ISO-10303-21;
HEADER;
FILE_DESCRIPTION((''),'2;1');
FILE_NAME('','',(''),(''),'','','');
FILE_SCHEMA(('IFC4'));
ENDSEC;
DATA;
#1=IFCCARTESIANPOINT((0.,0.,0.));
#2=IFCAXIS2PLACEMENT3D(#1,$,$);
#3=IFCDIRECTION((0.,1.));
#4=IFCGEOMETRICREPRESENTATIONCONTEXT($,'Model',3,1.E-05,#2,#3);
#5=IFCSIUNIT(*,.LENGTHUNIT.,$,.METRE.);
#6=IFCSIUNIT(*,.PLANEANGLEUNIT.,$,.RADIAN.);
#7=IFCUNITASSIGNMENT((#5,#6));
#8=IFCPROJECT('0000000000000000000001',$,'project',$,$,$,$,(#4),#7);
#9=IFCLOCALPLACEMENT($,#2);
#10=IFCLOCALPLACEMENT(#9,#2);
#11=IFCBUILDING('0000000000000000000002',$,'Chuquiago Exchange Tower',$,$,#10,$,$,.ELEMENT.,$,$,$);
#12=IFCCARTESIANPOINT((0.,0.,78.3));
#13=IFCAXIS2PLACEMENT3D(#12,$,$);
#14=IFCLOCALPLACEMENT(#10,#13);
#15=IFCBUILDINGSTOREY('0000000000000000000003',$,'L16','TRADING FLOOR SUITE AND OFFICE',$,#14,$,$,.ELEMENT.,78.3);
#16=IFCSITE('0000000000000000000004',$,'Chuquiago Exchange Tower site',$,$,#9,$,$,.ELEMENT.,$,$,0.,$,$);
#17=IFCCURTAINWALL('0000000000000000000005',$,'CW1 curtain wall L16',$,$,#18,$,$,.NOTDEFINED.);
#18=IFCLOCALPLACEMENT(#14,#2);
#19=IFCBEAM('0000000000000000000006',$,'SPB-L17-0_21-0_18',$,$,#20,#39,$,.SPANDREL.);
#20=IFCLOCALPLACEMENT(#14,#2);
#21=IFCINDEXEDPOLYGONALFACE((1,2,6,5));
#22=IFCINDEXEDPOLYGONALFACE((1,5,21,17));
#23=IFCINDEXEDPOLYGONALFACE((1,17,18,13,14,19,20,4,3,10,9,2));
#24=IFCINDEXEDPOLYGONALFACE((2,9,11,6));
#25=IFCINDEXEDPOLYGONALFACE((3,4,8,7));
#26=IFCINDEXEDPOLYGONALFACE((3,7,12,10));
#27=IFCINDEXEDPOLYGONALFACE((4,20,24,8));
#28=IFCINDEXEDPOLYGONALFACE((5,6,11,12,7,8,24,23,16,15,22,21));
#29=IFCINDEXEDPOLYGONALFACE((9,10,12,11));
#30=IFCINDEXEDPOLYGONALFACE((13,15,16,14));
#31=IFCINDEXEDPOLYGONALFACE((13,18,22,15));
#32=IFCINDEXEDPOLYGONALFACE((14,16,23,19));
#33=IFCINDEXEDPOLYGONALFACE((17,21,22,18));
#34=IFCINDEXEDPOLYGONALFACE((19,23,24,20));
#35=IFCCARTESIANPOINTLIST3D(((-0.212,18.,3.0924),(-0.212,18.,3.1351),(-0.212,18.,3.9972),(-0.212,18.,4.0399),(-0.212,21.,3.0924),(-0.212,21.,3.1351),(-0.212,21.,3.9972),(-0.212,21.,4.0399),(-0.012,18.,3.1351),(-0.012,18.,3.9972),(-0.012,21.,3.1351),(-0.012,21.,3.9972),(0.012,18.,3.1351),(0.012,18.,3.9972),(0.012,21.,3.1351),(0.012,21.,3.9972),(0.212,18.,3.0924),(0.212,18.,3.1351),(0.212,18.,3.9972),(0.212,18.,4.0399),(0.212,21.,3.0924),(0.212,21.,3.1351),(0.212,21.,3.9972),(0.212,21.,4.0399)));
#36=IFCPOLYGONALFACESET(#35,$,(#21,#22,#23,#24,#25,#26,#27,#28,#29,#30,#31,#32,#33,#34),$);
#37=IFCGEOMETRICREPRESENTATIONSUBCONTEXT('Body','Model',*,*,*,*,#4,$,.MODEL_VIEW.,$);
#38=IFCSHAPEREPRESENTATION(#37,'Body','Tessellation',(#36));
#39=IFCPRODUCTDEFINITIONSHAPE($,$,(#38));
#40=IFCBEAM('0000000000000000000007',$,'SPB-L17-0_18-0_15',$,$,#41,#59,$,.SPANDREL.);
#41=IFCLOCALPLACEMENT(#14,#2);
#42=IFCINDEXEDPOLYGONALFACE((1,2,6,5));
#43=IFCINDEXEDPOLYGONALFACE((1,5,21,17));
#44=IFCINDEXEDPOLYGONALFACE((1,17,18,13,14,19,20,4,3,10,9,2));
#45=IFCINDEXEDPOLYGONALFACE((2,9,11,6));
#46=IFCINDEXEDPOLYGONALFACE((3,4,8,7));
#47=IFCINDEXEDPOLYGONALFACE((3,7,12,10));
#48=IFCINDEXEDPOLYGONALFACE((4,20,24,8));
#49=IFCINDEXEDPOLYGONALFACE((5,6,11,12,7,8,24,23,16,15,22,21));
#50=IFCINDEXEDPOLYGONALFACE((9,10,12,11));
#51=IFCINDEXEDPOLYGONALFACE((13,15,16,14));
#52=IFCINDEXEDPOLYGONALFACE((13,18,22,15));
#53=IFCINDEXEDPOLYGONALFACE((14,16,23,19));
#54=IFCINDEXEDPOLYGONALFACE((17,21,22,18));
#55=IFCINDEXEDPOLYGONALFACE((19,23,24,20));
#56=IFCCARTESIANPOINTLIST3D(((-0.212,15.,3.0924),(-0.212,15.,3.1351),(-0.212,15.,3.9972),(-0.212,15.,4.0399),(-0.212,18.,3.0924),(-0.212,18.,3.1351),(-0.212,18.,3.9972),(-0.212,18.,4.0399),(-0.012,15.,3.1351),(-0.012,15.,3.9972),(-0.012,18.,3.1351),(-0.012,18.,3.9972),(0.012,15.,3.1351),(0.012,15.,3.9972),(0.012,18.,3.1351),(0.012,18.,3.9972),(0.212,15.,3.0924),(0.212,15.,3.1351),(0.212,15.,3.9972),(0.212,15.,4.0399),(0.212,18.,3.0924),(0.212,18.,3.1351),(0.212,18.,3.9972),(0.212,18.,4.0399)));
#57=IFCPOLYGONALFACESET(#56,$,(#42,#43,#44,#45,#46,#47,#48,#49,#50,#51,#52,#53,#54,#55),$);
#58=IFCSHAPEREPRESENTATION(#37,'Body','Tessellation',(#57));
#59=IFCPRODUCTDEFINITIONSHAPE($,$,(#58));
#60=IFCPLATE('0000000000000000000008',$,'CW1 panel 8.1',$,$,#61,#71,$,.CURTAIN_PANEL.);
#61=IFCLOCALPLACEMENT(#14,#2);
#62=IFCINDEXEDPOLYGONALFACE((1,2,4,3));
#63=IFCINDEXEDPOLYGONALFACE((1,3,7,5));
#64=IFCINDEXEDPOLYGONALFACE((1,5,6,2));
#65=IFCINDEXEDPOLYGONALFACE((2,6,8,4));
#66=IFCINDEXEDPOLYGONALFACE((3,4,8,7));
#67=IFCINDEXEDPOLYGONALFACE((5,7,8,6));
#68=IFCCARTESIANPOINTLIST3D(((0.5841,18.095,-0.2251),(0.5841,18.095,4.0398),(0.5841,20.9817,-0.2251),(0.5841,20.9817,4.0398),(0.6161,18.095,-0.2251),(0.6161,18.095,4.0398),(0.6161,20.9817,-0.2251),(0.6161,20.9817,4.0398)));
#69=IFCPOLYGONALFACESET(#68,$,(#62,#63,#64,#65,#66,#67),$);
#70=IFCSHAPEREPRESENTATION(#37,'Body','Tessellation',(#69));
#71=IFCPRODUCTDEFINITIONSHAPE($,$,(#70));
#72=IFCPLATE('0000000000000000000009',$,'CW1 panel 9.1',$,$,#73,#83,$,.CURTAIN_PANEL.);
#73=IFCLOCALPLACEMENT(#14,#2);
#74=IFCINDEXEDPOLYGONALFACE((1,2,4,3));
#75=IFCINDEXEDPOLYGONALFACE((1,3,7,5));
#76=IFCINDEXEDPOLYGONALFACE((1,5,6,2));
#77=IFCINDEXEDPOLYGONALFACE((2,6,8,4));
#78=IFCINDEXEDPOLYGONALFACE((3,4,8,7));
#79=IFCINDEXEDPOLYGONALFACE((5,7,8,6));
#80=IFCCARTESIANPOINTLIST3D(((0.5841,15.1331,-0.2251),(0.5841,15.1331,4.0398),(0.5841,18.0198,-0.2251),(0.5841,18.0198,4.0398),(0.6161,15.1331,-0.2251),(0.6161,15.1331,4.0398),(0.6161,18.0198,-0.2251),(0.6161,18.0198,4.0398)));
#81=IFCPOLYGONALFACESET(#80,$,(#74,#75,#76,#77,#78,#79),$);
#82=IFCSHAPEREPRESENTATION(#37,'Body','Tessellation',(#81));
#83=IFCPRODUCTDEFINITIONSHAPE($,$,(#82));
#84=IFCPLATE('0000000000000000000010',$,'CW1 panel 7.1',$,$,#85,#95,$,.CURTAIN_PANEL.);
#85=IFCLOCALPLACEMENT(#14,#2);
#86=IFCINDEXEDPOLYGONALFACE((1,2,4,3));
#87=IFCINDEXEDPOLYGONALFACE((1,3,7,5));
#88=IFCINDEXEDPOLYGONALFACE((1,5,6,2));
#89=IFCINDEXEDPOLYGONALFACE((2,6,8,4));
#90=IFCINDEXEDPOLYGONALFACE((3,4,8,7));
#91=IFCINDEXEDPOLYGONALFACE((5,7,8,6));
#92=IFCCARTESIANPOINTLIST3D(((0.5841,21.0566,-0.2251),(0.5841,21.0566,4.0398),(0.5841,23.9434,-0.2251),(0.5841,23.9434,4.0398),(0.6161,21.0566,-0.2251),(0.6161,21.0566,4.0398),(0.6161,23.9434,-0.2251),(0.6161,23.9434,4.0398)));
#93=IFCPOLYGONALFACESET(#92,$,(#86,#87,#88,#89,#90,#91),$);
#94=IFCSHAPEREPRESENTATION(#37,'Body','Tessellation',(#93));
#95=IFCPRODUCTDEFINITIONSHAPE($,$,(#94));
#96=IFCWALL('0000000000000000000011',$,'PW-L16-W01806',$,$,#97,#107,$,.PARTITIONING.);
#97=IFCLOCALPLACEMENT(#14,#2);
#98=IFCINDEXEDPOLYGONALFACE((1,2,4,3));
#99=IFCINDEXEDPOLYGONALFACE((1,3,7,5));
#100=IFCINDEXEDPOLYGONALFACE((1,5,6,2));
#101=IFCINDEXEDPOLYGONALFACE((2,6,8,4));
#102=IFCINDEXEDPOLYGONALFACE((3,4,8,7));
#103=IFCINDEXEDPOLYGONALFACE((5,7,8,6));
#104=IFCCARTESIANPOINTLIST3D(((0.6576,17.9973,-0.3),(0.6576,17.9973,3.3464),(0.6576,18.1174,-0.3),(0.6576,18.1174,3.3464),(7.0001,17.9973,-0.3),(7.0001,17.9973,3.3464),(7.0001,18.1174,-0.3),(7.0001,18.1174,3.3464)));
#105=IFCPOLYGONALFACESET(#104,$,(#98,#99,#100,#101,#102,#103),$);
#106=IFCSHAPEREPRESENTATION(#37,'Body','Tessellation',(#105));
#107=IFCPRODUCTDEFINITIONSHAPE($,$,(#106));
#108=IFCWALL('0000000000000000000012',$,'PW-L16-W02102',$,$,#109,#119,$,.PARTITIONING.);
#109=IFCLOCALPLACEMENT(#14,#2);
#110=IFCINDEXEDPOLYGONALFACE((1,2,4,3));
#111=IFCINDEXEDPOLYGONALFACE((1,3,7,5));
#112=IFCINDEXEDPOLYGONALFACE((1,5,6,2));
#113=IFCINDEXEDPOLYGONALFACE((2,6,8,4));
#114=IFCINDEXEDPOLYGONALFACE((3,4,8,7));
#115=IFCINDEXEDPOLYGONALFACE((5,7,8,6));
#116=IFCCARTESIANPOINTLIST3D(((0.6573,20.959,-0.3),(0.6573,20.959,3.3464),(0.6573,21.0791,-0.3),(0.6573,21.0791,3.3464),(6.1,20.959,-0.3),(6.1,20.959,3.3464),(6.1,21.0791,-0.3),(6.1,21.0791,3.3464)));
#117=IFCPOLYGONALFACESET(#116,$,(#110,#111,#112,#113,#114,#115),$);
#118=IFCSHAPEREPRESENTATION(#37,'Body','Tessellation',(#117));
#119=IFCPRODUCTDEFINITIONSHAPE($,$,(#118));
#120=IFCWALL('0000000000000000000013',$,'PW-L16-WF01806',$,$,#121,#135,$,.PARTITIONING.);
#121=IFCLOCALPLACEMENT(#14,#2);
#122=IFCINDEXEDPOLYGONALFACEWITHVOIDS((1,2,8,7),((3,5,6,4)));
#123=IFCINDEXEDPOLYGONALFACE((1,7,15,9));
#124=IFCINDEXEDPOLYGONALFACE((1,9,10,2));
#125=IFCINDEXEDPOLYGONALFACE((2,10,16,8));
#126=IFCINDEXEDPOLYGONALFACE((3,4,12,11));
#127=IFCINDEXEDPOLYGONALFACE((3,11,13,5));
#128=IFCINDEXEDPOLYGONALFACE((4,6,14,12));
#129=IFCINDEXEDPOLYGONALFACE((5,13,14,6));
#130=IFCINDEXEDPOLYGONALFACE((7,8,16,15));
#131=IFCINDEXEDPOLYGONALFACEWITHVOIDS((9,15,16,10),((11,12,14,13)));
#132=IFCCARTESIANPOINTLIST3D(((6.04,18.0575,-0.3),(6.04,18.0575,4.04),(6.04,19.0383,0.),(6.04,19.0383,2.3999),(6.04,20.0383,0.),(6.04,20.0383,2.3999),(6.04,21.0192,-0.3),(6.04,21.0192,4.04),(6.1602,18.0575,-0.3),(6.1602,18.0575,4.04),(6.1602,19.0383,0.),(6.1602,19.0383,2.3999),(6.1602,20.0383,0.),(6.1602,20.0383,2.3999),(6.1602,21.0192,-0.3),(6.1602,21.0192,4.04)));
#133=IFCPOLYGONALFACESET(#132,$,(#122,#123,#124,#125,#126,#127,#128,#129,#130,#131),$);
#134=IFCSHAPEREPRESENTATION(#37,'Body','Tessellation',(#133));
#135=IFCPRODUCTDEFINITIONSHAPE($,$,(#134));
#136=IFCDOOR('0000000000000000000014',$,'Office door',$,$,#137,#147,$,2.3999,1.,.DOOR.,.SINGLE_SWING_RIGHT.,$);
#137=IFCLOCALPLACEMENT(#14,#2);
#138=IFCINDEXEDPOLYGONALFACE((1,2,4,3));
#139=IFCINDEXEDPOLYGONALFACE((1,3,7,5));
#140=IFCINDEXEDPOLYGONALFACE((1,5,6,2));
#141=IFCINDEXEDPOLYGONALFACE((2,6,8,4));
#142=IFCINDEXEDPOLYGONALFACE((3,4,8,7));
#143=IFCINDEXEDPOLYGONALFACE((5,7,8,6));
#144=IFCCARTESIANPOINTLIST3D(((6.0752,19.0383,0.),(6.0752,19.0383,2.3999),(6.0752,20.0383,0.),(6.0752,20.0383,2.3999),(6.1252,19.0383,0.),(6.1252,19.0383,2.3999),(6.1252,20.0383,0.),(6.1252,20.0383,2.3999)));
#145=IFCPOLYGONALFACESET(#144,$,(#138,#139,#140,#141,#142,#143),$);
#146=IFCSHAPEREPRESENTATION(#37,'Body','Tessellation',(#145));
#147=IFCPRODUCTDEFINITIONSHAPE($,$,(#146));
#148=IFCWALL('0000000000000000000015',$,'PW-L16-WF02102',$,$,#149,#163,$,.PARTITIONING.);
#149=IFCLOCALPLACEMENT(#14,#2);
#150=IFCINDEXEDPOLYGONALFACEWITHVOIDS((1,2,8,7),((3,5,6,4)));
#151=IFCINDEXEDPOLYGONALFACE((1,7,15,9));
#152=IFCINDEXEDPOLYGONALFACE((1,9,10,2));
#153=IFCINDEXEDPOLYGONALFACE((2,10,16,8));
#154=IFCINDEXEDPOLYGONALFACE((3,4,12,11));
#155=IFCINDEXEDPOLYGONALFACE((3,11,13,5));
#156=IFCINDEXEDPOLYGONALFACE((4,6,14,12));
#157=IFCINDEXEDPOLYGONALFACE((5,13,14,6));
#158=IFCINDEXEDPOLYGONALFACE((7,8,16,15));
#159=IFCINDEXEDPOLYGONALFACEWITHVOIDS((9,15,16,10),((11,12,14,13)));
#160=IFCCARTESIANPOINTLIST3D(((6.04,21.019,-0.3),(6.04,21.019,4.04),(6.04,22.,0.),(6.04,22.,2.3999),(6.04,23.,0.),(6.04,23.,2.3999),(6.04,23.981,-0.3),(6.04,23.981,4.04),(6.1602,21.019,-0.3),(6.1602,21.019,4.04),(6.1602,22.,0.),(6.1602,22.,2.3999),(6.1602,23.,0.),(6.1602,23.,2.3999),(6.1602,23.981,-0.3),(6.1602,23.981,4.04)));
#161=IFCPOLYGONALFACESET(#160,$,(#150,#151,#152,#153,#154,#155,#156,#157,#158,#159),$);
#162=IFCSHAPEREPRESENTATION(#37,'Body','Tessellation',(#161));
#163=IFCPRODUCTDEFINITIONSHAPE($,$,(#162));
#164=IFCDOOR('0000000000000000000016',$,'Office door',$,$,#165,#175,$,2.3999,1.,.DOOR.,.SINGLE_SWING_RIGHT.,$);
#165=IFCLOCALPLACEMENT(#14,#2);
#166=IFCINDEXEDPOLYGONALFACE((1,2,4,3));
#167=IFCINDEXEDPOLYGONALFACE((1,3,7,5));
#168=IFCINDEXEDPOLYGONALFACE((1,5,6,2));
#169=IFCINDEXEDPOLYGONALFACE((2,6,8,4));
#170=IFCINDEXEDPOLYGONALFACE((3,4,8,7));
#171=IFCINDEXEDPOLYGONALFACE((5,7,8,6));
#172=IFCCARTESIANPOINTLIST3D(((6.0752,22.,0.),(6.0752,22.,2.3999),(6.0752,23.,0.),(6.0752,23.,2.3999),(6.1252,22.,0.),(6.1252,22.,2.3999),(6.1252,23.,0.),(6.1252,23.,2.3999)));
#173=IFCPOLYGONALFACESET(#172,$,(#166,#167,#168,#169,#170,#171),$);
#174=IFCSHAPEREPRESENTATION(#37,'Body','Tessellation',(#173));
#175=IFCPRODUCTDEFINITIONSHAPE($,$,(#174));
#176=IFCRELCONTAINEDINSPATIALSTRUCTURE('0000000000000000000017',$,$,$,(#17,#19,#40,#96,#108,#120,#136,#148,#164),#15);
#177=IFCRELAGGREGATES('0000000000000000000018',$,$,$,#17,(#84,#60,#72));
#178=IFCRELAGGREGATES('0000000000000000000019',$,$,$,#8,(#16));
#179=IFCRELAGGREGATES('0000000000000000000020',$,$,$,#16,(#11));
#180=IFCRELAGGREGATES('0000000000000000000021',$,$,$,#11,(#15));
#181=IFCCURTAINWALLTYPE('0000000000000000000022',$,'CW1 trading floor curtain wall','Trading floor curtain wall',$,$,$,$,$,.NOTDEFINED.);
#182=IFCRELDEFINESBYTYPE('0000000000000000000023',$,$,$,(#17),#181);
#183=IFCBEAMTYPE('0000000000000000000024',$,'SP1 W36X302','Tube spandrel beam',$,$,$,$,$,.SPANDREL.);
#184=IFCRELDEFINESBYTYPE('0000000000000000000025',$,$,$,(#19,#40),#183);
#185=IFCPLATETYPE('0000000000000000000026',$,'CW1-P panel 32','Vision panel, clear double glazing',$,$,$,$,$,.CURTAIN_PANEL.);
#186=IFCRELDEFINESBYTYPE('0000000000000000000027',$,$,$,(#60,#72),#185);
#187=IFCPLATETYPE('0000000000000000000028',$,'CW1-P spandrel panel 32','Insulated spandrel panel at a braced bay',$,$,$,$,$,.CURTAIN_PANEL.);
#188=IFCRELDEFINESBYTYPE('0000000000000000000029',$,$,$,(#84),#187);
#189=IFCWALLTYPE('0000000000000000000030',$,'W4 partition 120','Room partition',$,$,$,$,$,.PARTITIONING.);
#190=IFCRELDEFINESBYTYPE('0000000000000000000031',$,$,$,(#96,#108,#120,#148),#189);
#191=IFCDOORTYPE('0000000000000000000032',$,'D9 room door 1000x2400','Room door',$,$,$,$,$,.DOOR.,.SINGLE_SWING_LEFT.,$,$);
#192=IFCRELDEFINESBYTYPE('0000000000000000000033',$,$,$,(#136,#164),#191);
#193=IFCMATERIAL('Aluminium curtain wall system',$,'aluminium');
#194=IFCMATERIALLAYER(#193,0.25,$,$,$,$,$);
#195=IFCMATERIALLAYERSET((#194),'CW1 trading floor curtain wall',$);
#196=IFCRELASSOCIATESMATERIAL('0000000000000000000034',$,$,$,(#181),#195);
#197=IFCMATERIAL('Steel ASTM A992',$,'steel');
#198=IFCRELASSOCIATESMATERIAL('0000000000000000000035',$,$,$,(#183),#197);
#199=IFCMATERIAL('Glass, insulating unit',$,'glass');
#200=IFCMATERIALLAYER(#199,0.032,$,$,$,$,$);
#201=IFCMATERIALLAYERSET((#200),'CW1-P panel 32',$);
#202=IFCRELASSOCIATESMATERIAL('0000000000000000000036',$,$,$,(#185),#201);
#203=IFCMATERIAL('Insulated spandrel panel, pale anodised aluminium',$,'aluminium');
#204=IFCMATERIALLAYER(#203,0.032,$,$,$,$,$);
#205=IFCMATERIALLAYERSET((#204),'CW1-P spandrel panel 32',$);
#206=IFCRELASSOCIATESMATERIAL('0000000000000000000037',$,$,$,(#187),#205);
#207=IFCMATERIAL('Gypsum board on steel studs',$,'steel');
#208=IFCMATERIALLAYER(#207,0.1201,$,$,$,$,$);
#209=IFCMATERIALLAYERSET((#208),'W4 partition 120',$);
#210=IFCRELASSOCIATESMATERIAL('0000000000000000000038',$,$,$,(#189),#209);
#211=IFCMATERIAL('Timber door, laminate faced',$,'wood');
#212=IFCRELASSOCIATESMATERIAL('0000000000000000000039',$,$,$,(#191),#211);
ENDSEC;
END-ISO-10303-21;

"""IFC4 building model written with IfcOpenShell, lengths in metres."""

from ifc_helpers import new_model, si_unit, direction, frame, frame_2d, origin, origin_2d, place, context, subcontext, project, spatial, rectangle, i_section, extrude, material, layer, layer_set, material_profile, profile_set, type_object, element, fill, aggregate, save


model = new_model("IFC4")

# Units and contexts
model_context = context("Model", 3, precision=1e-05, world=origin(), true_north=direction((0.0, 1.0)))
body_context = subcontext(model_context, "Body", "Model", "MODEL_VIEW")
ifc_project = project(units=[si_unit("LENGTHUNIT", "METRE"), si_unit("PLANEANGLEUNIT", "RADIAN")], contexts=[model_context])

# Site, building, storey
site_placement = place(None, origin())
site = spatial("IfcSite", under=ifc_project, at=site_placement, Name="Chuquiago Exchange Tower site", CompositionType="ELEMENT", RefElevation=0.0)
building_placement = place(site_placement, origin())
building = spatial("IfcBuilding", under=site, at=building_placement, Name="Chuquiago Exchange Tower", CompositionType="ELEMENT")
storey_placement = place(building_placement, frame((0.0, 0.0, 78.3)))
storey = spatial("IfcBuildingStorey", under=building, at=storey_placement, Name="L16", Description="TRADING FLOOR SUITE AND OFFICE", CompositionType="ELEMENT", Elevation=78.3)

# Curtain wall
ifc_material_1 = material(Name="Aluminium curtain wall system", Category="aluminium")
ifc_layer_1 = layer(ifc_material_1, 0.25)
ifc_layer_set_1 = layer_set([ifc_layer_1], Name="CW1 trading floor curtain wall")
curtain_wall_type = type_object("IfcCurtainWallType", Name="CW1 trading floor curtain wall", Description="Trading floor curtain wall", PredefinedType="NOTDEFINED", material=ifc_layer_set_1)
curtain_wall_placement = place(storey_placement, origin())
curtain_wall = element("IfcCurtainWall", 1, at=curtain_wall_placement, inside=storey, type_object=curtain_wall_type, Name="CW1 curtain wall L16", PredefinedType="NOTDEFINED")

# Beams
ifc_material_2 = material(Name="Steel ASTM A992", Category="steel")
ifc_material_profile_1 = material_profile(ifc_material_2, i_section(OverallWidth=0.4241, OverallDepth=0.9475, WebThickness=0.0239, FlangeThickness=0.0427, at=origin_2d()), Name="W36X302")
ifc_profile_set_1 = profile_set([ifc_material_profile_1], Name="Steel ASTM A992")
beam_type_1 = type_object("IfcBeamType", Name="SP1 W36X302", Description="Tube spandrel beam", PredefinedType="SPANDREL", material=ifc_profile_set_1)
for number, where, z_axis, x_axis, name in (
    (2, (0.0, 21.0, 3.5662), (0.0, -1.0, 0.0), (1.0, 0.0, 0.0), "SPB-L17-0_21-0_18"),
    (3, (0.0, 18.0, 3.5662), (0.0, -1.0, 0.0), (1.0, 0.0, 0.0), "SPB-L17-0_18-0_15"),
):
    element("IfcBeam", number, at=place(storey_placement, frame(where, z_axis=z_axis, x_axis=x_axis)), inside=storey, type_object=beam_type_1, Name=name, PredefinedType="SPANDREL", context=body_context, shape_type="SweptSolid", body=[
        extrude(i_section(OverallWidth=0.4241, OverallDepth=0.9475, WebThickness=0.0239, FlangeThickness=0.0427, at=origin_2d()), origin(), (0.0, 0.0, 1.0), 3.0),
    ])

# Plates
ifc_material_3 = material(Name="Glass, insulating unit", Category="glass")
ifc_layer_2 = layer(ifc_material_3, 0.032)
ifc_layer_set_2 = layer_set([ifc_layer_2], Name="CW1-P panel 32")
plate_type_1 = type_object("IfcPlateType", Name="CW1-P panel 32", Description="Vision panel, clear double glazing", PredefinedType="CURTAIN_PANEL", material=ifc_layer_set_2)
plate_1_placement = place(storey_placement, frame((0.6001, 19.5383, -0.2251), z_axis=(0.0, 0.0, 1.0), x_axis=(0.0, -1.0, 0.0)))
plate_1 = element("IfcPlate", 4, at=plate_1_placement, type_object=plate_type_1, Name="CW1 panel 8.1", PredefinedType="CURTAIN_PANEL", context=body_context, shape_type="SweptSolid", body=[
    extrude(rectangle(XDim=2.8867, YDim=0.032, at=origin_2d()), origin(), (0.0, 0.0, 1.0), 4.2649),
])
plate_2_placement = place(storey_placement, frame((0.6001, 16.5764, -0.2251), z_axis=(0.0, 0.0, 1.0), x_axis=(0.0, -1.0, 0.0)))
plate_2 = element("IfcPlate", 5, at=plate_2_placement, type_object=plate_type_1, Name="CW1 panel 9.1", PredefinedType="CURTAIN_PANEL", context=body_context, shape_type="SweptSolid", body=[
    extrude(rectangle(XDim=2.8867, YDim=0.032, at=origin_2d()), origin(), (0.0, 0.0, 1.0), 4.2649),
])
ifc_material_4 = material(Name="Insulated spandrel panel, pale anodised aluminium", Category="aluminium")
ifc_layer_3 = layer(ifc_material_4, 0.032)
ifc_layer_set_3 = layer_set([ifc_layer_3], Name="CW1-P spandrel panel 32")
plate_type_2 = type_object("IfcPlateType", Name="CW1-P spandrel panel 32", Description="Insulated spandrel panel at a braced bay", PredefinedType="CURTAIN_PANEL", material=ifc_layer_set_3)
plate_3_placement = place(storey_placement, frame((0.6001, 22.5, -0.2251), z_axis=(0.0, 0.0, 1.0), x_axis=(0.0, -1.0, 0.0)))
plate_3 = element("IfcPlate", 6, at=plate_3_placement, type_object=plate_type_2, Name="CW1 panel 7.1", PredefinedType="CURTAIN_PANEL", context=body_context, shape_type="SweptSolid", body=[
    extrude(rectangle(XDim=2.8867, YDim=0.032, at=origin_2d()), origin(), (0.0, 0.0, 1.0), 4.2649),
])
aggregate(curtain_wall, [plate_3, plate_1, plate_2])

# Walls
ifc_material_5 = material(Name="Gypsum board on steel studs", Category="steel")
ifc_layer_4 = layer(ifc_material_5, 0.1201)
ifc_layer_set_4 = layer_set([ifc_layer_4], Name="W4 partition 120")
wall_type = type_object("IfcWallType", Name="W4 partition 120", Description="Room partition", PredefinedType="PARTITIONING", material=ifc_layer_set_4)
wall_1_placement = place(storey_placement, frame((0.6575, 18.0574, -0.3), z_axis=(0.0, 0.0, 1.0), x_axis=(1.0, 0.0, 0.0)))
element("IfcWall", 7, at=wall_1_placement, inside=storey, type_object=wall_type, Name="PW-L16-W01806", PredefinedType="PARTITIONING", context=body_context, shape_type="SweptSolid", body=[
    extrude(rectangle(XDim=6.3425, YDim=0.1201, at=frame_2d((3.1714, 0.0))), origin(), (0.0, 0.0, 1.0), 3.6465),
])
wall_2_placement = place(storey_placement, frame((0.6575, 21.019, -0.3), z_axis=(0.0, 0.0, 1.0), x_axis=(1.0, 0.0, 0.0)))
element("IfcWall", 8, at=wall_2_placement, inside=storey, type_object=wall_type, Name="PW-L16-W02102", PredefinedType="PARTITIONING", context=body_context, shape_type="SweptSolid", body=[
    extrude(rectangle(XDim=5.4426, YDim=0.1201, at=frame_2d((2.7212, 0.0))), origin(), (0.0, 0.0, 1.0), 3.6465),
])

# Walls, openings, doors
wall_3_placement = place(storey_placement, frame((6.1001, 18.0574, -0.3), z_axis=(0.0, 0.0, 1.0), x_axis=(0.0, 1.0, 0.0)))
wall_3 = element("IfcWall", 9, at=wall_3_placement, inside=storey, type_object=wall_type, Name="PW-L16-WF01806", PredefinedType="PARTITIONING", context=body_context, shape_type="SweptSolid", body=[
    extrude(rectangle(XDim=2.9617, YDim=0.1201, at=frame_2d((1.481, 0.0))), origin(), (0.0, 0.0, 1.0), 4.3401),
])
opening_1_placement = place(wall_3_placement, frame((0.981, 0.0, 0.3)))
opening_1 = element("IfcOpeningElement", 10, at=opening_1_placement, cuts=wall_3, PredefinedType="OPENING", context=body_context, shape_type="SweptSolid", body=[
    extrude(rectangle(XDim=1.0, YDim=2.3999, at=frame_2d((0.5, 1.2))), frame((0.0, 0.0701, 0.0), z_axis=(0.0, -1.0, 0.0), x_axis=(1.0, 0.0, 0.0)), (0.0, 0.0, 1.0), 0.1401),
])
ifc_material_6 = material(Name="Timber door, laminate faced", Category="wood")
door_type = type_object("IfcDoorType", Name="D9 room door 1000x2400", Description="Room door", OperationType="SINGLE_SWING_LEFT", PredefinedType="DOOR", material=ifc_material_6)
door_1_placement = place(opening_1_placement, origin())
door_1 = element("IfcDoor", 11, at=door_1_placement, inside=storey, type_object=door_type, Name="Office door", OperationType="SINGLE_SWING_RIGHT", OverallHeight=2.3999, OverallWidth=1.0, PredefinedType="DOOR", context=body_context, shape_type="SweptSolid", body=[
    extrude(rectangle(XDim=1.0, YDim=2.3999, at=frame_2d((0.5, 1.2))), frame((0.0, 0.0249, 0.0), z_axis=(0.0, -1.0, 0.0), x_axis=(1.0, 0.0, 0.0)), (0.0, 0.0, 1.0), 0.05),
])
fill(opening_1, door_1)
wall_4_placement = place(storey_placement, frame((6.1001, 21.019, -0.3), z_axis=(0.0, 0.0, 1.0), x_axis=(0.0, 1.0, 0.0)))
wall_4 = element("IfcWall", 12, at=wall_4_placement, inside=storey, type_object=wall_type, Name="PW-L16-WF02102", PredefinedType="PARTITIONING", context=body_context, shape_type="SweptSolid", body=[
    extrude(rectangle(XDim=2.9619, YDim=0.1201, at=frame_2d((1.481, 0.0))), origin(), (0.0, 0.0, 1.0), 4.3401),
])
opening_2_placement = place(wall_4_placement, frame((0.981, 0.0, 0.3)))
opening_2 = element("IfcOpeningElement", 13, at=opening_2_placement, cuts=wall_4, PredefinedType="OPENING", context=body_context, shape_type="SweptSolid", body=[
    extrude(rectangle(XDim=1.0, YDim=2.3999, at=frame_2d((0.5, 1.2))), frame((0.0, 0.0701, 0.0), z_axis=(0.0, -1.0, 0.0), x_axis=(1.0, 0.0, 0.0)), (0.0, 0.0, 1.0), 0.1401),
])
door_2_placement = place(opening_2_placement, origin())
door_2 = element("IfcDoor", 14, at=door_2_placement, inside=storey, type_object=door_type, Name="Office door", OperationType="SINGLE_SWING_RIGHT", OverallHeight=2.3999, OverallWidth=1.0, PredefinedType="DOOR", context=body_context, shape_type="SweptSolid", body=[
    extrude(rectangle(XDim=1.0, YDim=2.3999, at=frame_2d((0.5, 1.2))), frame((0.0, 0.0249, 0.0), z_axis=(0.0, -1.0, 0.0), x_axis=(1.0, 0.0, 0.0)), (0.0, 0.0, 1.0), 0.05),
])
fill(opening_2, door_2)

save(model, "model.ifc")
